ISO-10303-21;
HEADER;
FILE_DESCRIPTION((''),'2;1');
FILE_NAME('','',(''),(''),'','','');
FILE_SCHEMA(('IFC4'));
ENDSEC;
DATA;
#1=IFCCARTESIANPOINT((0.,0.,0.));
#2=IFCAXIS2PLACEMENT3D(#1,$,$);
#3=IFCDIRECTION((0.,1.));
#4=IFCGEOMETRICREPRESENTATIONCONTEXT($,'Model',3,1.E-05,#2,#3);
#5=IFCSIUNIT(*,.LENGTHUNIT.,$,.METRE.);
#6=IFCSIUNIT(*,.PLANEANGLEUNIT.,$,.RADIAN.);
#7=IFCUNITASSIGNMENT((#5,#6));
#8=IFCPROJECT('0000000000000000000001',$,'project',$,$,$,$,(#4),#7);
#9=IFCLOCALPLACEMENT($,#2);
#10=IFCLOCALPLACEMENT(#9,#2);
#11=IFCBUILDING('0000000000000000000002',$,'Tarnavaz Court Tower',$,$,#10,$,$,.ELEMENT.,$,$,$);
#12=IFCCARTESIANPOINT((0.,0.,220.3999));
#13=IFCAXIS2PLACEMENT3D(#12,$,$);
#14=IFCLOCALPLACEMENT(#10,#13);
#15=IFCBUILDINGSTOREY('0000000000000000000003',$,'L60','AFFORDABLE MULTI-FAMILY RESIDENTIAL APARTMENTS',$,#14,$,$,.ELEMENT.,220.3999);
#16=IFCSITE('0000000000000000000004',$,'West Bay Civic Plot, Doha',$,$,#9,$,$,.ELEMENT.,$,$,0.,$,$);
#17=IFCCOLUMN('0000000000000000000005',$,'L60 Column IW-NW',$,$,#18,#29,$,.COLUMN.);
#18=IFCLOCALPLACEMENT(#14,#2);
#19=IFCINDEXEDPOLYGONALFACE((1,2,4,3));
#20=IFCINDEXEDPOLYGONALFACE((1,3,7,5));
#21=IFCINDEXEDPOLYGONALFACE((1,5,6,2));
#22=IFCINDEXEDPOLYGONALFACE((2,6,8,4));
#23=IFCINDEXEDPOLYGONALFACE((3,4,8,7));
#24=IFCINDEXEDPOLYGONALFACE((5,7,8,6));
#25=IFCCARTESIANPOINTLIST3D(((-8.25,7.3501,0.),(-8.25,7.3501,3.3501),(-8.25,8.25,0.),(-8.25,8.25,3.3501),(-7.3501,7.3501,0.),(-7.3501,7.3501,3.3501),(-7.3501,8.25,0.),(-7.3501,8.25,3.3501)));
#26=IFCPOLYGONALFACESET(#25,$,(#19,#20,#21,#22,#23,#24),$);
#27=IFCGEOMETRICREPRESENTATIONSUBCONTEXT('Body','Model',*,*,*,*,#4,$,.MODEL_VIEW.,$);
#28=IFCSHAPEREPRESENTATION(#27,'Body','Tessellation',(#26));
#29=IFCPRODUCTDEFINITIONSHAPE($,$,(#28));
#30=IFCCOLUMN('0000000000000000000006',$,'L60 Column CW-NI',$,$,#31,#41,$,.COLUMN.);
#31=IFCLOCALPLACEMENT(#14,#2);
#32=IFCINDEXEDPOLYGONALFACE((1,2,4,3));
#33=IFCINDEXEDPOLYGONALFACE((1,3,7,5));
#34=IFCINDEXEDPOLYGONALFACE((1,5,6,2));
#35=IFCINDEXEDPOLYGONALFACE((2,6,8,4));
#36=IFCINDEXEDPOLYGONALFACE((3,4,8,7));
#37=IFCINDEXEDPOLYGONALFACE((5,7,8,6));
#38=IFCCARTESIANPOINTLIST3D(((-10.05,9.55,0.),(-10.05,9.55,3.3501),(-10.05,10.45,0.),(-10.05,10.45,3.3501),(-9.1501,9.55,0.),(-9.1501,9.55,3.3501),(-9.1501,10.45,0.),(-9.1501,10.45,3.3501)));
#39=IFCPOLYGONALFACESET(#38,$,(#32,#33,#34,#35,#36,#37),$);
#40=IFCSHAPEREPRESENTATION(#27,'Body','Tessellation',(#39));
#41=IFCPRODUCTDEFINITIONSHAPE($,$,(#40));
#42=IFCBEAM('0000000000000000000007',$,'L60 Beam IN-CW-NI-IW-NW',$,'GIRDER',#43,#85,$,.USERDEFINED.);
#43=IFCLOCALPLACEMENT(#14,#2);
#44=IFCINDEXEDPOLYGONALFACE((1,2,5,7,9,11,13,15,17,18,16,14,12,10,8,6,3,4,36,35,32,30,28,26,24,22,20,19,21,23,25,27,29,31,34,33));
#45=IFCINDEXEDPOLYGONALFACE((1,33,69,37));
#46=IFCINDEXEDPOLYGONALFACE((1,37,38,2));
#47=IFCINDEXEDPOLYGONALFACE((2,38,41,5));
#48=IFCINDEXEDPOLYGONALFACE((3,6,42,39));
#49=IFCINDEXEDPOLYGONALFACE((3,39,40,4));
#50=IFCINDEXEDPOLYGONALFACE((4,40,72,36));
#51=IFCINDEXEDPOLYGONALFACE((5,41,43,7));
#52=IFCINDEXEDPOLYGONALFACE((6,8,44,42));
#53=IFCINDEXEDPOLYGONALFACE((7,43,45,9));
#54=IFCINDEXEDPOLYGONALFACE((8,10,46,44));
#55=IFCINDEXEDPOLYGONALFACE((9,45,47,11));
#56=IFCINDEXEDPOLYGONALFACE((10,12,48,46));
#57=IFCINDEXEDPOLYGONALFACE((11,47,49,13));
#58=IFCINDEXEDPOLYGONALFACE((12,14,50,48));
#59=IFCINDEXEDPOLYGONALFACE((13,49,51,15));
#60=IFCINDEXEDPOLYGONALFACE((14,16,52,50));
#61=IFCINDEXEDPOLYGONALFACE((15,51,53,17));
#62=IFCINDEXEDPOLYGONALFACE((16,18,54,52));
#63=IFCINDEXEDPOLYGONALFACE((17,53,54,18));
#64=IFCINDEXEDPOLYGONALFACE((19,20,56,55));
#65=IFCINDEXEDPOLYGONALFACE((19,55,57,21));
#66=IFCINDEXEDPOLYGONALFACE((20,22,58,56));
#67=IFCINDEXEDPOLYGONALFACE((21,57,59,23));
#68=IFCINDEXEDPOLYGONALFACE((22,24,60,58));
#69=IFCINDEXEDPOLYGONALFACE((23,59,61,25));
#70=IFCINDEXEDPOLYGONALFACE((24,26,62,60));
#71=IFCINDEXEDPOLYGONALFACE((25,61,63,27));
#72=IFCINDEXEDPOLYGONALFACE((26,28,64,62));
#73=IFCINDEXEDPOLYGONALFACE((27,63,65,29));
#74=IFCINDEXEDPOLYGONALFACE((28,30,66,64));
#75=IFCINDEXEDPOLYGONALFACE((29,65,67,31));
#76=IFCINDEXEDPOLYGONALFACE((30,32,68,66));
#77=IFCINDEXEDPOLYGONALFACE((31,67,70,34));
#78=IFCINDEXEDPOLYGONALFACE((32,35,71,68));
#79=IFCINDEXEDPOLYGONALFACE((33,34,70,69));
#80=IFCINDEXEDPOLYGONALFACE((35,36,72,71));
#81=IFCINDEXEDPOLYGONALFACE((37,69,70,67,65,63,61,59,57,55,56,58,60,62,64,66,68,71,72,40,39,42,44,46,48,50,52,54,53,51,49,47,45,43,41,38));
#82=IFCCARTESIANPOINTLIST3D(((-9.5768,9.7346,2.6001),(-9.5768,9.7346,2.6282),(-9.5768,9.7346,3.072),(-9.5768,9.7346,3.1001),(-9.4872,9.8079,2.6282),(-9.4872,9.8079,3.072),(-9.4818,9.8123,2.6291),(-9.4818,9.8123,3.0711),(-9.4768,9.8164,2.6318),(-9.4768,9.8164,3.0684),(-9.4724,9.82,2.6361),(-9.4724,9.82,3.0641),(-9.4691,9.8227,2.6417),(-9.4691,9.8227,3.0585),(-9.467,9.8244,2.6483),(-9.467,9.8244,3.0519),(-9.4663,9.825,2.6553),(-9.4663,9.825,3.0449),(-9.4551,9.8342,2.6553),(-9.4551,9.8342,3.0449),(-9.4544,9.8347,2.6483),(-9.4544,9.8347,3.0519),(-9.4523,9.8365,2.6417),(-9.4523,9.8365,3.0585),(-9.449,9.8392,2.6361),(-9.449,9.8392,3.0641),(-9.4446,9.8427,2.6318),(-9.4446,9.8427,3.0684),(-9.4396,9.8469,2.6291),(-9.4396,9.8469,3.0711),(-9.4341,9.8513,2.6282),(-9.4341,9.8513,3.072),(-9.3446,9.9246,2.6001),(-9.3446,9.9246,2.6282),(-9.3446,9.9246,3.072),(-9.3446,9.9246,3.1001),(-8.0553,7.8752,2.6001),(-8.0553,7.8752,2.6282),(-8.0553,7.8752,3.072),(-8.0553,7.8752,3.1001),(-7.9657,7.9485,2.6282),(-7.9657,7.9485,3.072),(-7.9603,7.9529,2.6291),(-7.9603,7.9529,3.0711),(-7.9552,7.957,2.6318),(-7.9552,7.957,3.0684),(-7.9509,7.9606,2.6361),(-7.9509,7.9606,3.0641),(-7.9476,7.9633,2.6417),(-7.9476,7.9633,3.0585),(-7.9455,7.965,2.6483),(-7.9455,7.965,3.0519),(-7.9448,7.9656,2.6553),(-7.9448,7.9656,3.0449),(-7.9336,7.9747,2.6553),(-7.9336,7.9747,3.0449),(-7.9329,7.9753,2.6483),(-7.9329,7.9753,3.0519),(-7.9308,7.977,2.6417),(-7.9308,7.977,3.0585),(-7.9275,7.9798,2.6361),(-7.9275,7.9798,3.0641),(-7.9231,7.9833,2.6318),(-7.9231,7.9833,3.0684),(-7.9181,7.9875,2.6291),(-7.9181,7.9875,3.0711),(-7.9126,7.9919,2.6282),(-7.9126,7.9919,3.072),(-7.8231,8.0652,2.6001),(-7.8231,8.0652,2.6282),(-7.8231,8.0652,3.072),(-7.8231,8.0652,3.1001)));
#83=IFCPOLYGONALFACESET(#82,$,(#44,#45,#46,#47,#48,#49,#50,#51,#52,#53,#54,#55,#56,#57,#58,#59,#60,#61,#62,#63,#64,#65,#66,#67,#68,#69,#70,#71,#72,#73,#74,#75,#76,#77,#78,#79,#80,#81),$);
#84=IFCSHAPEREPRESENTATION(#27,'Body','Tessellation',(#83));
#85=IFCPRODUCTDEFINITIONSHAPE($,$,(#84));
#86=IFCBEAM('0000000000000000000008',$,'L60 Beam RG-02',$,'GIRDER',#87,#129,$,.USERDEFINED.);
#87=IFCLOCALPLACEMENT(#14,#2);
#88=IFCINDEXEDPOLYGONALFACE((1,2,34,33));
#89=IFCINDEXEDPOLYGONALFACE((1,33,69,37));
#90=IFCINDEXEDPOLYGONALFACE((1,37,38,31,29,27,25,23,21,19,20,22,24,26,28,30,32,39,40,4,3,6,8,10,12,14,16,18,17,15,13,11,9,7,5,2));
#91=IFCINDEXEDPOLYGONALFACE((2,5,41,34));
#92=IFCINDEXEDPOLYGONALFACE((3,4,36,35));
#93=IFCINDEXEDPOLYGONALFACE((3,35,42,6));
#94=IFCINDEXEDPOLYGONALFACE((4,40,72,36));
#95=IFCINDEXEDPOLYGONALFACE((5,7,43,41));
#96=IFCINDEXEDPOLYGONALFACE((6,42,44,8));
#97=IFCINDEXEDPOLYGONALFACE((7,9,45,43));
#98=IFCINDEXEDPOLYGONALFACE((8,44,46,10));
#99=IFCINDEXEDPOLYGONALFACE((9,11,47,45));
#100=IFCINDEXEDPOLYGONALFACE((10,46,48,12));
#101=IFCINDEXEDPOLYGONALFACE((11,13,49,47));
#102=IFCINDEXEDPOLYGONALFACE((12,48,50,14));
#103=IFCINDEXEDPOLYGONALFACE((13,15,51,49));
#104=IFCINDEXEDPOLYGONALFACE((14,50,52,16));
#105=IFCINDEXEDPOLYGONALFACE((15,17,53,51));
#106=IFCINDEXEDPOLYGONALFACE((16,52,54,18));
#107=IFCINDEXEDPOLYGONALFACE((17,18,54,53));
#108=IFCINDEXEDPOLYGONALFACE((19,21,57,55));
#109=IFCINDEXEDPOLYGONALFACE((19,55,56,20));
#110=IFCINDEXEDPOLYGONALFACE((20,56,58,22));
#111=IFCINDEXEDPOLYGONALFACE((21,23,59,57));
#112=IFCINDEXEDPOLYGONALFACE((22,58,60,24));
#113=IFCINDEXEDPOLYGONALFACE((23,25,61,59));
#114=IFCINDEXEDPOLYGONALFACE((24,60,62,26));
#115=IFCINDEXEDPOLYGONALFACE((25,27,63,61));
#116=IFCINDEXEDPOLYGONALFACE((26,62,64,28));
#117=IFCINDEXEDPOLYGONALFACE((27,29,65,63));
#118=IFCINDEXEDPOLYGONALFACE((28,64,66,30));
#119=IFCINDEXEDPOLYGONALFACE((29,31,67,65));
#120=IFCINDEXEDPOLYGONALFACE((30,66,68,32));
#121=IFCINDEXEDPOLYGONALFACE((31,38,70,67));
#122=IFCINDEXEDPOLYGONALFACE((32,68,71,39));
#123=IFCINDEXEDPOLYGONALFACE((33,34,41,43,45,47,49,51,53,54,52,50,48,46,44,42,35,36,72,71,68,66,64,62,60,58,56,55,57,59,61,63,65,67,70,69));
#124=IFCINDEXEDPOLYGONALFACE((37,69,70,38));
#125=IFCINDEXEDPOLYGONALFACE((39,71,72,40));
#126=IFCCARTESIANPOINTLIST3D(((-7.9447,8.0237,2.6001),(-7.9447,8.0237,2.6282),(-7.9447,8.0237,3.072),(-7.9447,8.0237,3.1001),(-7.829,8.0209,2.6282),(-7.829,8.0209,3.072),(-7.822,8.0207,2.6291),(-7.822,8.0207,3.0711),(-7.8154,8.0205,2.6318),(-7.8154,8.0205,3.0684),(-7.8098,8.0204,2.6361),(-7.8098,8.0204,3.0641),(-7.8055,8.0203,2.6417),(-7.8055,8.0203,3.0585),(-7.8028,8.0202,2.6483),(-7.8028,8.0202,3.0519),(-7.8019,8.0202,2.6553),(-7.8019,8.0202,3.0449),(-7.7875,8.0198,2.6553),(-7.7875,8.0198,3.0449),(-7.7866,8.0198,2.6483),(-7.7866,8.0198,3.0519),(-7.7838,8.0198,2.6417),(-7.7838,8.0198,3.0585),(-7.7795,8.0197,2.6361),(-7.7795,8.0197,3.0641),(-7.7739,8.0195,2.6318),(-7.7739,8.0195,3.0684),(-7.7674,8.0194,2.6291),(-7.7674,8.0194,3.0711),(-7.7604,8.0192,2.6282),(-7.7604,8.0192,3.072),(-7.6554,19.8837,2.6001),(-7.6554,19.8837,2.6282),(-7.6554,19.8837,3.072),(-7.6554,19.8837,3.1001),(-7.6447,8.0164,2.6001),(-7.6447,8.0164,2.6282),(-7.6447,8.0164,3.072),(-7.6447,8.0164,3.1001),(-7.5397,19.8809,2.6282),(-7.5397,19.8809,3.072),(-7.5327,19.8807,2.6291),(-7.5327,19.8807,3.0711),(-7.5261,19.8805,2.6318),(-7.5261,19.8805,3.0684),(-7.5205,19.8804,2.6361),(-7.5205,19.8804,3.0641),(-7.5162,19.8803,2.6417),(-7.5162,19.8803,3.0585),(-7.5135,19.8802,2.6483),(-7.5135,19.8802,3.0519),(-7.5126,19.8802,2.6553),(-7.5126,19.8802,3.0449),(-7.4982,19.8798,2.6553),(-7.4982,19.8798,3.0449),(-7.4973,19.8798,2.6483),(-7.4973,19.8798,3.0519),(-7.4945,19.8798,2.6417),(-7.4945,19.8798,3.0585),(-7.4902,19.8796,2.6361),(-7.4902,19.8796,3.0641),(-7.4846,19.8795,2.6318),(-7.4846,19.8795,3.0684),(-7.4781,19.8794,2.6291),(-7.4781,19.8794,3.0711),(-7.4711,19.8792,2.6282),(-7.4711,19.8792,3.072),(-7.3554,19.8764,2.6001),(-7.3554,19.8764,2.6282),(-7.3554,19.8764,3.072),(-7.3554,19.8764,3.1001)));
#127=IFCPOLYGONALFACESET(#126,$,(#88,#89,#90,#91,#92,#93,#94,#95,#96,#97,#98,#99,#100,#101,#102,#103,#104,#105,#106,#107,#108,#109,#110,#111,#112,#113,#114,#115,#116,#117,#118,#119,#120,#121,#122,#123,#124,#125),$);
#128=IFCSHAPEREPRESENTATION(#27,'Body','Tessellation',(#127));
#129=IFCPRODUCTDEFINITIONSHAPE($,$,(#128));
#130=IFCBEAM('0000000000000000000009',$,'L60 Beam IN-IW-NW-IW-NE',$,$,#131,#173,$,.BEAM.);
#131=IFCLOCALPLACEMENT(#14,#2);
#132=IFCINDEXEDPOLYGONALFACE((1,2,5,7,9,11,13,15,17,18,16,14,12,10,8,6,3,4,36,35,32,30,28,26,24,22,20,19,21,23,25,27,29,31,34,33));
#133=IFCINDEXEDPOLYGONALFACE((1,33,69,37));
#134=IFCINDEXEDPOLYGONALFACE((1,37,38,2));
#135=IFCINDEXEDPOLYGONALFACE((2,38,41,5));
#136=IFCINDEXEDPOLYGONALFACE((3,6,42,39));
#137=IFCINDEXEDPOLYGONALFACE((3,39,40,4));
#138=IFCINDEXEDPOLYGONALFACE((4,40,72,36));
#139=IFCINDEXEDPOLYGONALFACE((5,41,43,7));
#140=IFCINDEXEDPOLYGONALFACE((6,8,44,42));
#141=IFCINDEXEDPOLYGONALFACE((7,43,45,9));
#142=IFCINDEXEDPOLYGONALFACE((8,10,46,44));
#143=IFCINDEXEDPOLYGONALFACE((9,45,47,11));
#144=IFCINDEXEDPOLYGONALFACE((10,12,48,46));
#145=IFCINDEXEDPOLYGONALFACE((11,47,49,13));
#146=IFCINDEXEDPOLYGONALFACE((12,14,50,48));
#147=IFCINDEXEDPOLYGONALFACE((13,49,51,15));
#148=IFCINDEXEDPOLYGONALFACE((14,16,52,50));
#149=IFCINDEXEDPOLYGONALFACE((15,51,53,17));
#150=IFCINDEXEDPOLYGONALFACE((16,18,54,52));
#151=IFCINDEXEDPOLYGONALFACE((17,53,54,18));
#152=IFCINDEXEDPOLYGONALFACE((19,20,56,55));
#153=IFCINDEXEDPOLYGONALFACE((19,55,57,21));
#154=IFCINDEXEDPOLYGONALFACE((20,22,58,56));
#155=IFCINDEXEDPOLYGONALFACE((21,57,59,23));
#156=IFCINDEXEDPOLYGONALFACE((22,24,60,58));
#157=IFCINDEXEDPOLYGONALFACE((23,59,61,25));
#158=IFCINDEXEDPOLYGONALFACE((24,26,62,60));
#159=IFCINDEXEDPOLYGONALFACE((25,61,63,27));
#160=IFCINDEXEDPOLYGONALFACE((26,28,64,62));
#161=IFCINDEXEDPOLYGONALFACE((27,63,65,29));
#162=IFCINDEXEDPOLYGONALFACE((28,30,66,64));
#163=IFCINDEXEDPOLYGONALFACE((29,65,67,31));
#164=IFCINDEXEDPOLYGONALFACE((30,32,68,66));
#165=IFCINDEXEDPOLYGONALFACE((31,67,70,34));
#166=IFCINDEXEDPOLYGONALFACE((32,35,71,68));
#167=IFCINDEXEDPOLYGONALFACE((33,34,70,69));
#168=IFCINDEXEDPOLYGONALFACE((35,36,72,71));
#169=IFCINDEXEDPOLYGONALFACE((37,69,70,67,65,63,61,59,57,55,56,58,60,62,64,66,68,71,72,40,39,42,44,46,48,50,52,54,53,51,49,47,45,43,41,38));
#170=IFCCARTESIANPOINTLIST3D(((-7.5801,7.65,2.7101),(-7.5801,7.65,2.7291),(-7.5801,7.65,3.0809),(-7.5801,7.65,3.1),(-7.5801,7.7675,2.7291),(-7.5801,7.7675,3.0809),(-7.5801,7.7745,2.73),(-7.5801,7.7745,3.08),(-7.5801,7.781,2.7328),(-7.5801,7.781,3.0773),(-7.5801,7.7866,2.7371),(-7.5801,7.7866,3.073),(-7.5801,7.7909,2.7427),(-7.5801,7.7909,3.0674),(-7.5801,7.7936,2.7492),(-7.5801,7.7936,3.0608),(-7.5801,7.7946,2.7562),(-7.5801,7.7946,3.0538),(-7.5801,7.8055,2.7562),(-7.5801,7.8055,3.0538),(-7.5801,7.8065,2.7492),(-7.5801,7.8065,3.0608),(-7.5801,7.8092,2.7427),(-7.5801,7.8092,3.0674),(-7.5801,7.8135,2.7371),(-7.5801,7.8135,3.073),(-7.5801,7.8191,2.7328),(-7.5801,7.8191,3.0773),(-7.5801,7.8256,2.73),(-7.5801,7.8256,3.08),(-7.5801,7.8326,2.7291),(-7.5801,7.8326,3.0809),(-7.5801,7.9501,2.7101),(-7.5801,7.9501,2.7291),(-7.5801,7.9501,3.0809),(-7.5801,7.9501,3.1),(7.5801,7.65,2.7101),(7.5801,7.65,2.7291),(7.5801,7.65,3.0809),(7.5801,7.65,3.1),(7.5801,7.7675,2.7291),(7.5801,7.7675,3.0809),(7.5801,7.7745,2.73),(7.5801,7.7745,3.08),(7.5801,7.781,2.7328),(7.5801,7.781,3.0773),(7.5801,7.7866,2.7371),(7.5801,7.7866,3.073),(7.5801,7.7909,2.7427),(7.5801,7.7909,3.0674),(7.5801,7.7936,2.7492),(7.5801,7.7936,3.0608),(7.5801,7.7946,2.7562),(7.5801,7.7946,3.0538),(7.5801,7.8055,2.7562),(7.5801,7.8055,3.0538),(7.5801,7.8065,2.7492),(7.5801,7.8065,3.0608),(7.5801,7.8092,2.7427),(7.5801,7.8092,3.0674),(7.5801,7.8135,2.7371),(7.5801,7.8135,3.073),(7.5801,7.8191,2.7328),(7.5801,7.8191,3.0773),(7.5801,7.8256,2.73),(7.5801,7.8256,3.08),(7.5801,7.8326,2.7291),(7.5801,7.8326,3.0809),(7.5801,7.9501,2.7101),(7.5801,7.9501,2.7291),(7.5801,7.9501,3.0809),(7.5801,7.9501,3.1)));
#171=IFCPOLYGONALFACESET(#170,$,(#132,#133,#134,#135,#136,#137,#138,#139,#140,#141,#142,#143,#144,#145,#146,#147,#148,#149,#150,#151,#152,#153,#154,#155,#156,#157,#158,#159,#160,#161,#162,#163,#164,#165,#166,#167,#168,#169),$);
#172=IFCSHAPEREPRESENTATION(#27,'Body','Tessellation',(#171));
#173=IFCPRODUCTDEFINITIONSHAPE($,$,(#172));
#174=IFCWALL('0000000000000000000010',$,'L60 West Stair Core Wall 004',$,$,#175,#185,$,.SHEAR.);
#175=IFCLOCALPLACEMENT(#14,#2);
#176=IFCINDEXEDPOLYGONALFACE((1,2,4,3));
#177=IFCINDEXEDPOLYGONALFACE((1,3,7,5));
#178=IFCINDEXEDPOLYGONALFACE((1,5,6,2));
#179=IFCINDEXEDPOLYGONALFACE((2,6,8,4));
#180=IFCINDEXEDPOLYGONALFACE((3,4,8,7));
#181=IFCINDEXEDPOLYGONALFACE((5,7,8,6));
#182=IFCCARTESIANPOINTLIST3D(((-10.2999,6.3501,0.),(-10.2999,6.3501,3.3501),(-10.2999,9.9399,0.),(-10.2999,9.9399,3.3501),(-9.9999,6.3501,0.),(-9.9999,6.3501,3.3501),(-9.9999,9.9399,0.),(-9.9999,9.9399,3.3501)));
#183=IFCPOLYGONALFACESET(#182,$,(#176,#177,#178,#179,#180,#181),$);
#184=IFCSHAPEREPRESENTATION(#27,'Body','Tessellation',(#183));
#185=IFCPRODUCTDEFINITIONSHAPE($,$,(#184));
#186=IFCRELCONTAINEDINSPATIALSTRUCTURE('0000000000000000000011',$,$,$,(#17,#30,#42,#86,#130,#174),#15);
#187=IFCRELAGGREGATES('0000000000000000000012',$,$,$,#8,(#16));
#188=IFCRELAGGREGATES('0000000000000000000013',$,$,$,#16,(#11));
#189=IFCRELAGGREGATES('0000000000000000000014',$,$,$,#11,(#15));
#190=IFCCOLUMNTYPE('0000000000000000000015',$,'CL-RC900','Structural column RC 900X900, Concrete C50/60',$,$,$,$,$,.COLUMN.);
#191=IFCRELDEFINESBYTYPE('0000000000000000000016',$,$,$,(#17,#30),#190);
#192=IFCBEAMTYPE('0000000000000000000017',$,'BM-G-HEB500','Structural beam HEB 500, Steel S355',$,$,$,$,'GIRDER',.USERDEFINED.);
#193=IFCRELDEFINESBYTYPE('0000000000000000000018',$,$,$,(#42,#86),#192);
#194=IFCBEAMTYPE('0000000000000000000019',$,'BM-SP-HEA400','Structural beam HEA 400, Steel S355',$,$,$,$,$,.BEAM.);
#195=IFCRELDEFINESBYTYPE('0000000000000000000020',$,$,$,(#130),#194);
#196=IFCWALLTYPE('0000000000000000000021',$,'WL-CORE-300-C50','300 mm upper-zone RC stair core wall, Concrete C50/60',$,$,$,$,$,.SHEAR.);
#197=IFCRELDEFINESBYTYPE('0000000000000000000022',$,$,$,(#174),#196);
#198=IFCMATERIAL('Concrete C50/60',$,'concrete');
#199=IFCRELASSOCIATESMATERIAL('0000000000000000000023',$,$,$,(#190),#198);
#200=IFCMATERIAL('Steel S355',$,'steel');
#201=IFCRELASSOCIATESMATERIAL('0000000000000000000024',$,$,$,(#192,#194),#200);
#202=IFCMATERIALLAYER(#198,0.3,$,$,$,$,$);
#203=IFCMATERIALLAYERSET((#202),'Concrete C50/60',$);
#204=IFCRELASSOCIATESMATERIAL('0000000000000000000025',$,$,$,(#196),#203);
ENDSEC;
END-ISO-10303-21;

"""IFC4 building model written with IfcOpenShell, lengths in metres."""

from ifc_helpers import new_model, si_unit, direction, frame, frame_2d, origin, origin_2d, place, context, subcontext, project, spatial, rectangle, i_section, extrude, material, layer, layer_set, material_profile, profile_set, type_object, element, save


model = new_model("IFC4")

# Units and contexts
model_context = context("Model", 3, precision=1e-05, world=origin(), true_north=direction((0.0, 1.0)))
body_context = subcontext(model_context, "Body", "Model", "MODEL_VIEW")
ifc_project = project(units=[si_unit("LENGTHUNIT", "METRE"), si_unit("PLANEANGLEUNIT", "RADIAN")], contexts=[model_context])

# Site, building, storey
site_placement = place(None, origin())
site = spatial("IfcSite", under=ifc_project, at=site_placement, Name="West Bay Civic Plot, Doha", CompositionType="ELEMENT", RefElevation=0.0)
building_placement = place(site_placement, origin())
building = spatial("IfcBuilding", under=site, at=building_placement, Name="Tarnavaz Court Tower", CompositionType="ELEMENT")
storey_placement = place(building_placement, frame((0.0, 0.0, 220.3999)))
storey = spatial("IfcBuildingStorey", under=building, at=storey_placement, Name="L60", Description="AFFORDABLE MULTI-FAMILY RESIDENTIAL APARTMENTS", CompositionType="ELEMENT", Elevation=220.3999)

# Columns
ifc_material_1 = material(Name="Concrete C50/60", Category="concrete")
ifc_material_profile_1 = material_profile(ifc_material_1, rectangle(XDim=0.8999, YDim=0.8999, at=origin_2d()), Name="RC 900X900")
ifc_profile_set_1 = profile_set([ifc_material_profile_1], Name="Concrete C50/60")
column_type = type_object("IfcColumnType", Name="CL-RC900", Description="Structural column RC 900X900, Concrete C50/60", PredefinedType="COLUMN", material=ifc_profile_set_1)
for number, where, z_axis, x_axis, name in (
    (1, (-7.8, 7.8, 0.0), (0.0, 0.0, 1.0), (1.0, 0.0, 0.0), "L60 Column IW-NW"),
    (2, (-9.6001, 10.0, 0.0), (0.0, 0.0, 1.0), (1.0, 0.0, 0.0), "L60 Column CW-NI"),
):
    element("IfcColumn", number, at=place(storey_placement, frame(where, z_axis=z_axis, x_axis=x_axis)), inside=storey, type_object=column_type, Name=name, PredefinedType="COLUMN", context=body_context, shape_type="SweptSolid", body=[
        extrude(rectangle(XDim=0.8999, YDim=0.8999, at=origin_2d()), origin(), (0.0, 0.0, 1.0), 3.3501),
    ])

# Beams
ifc_material_2 = material(Name="Steel S355", Category="steel")
ifc_material_profile_2 = material_profile(ifc_material_2, i_section(OverallWidth=0.3, OverallDepth=0.5, WebThickness=0.0144, FlangeThickness=0.0281, FilletRadius=0.0271, at=origin_2d()), Name="HEB 500")
ifc_profile_set_2 = profile_set([ifc_material_profile_2], Name="Steel S355")
beam_type_1 = type_object("IfcBeamType", Name="BM-G-HEB500", Description="Structural beam HEB 500, Steel S355", ElementType="GIRDER", PredefinedType="USERDEFINED", material=ifc_profile_set_2)
beam_1_placement = place(storey_placement, frame((-9.4607, 9.8296, 2.8501), z_axis=(0.633282, -0.773921, 0.0), x_axis=(0.773921, 0.633282, 0.0)))
element("IfcBeam", 3, at=beam_1_placement, inside=storey, type_object=beam_type_1, Name="L60 Beam IN-CW-NI-IW-NW", ObjectType="GIRDER", PredefinedType="USERDEFINED", context=body_context, shape_type="SweptSolid", body=[
    extrude(i_section(OverallWidth=0.3, OverallDepth=0.5, WebThickness=0.0144, FlangeThickness=0.0281, FilletRadius=0.0271, at=origin_2d()), origin(), (0.0, 0.0, 1.0), 2.4026),
])
beam_2_placement = place(storey_placement, frame((-7.7947, 8.02, 2.8501), z_axis=(0.024386, 0.999703, 0.0), x_axis=(-0.999703, 0.024386, 0.0)))
element("IfcBeam", 4, at=beam_2_placement, inside=storey, type_object=beam_type_1, Name="L60 Beam RG-02", ObjectType="GIRDER", PredefinedType="USERDEFINED", context=body_context, shape_type="SweptSolid", body=[
    extrude(i_section(OverallWidth=0.3, OverallDepth=0.5, WebThickness=0.0144, FlangeThickness=0.0281, FilletRadius=0.0271, at=origin_2d()), origin(), (0.0, 0.0, 1.0), 11.8635),
])
ifc_material_profile_3 = material_profile(ifc_material_2, i_section(OverallWidth=0.3, OverallDepth=0.3899, WebThickness=0.011, FlangeThickness=0.019, FilletRadius=0.0271, at=origin_2d()), Name="HEA 400")
ifc_profile_set_3 = profile_set([ifc_material_profile_3], Name="Steel S355")
beam_type_2 = type_object("IfcBeamType", Name="BM-SP-HEA400", Description="Structural beam HEA 400, Steel S355", PredefinedType="BEAM", material=ifc_profile_set_3)
beam_3_placement = place(storey_placement, frame((-7.5801, 7.8, 2.905), z_axis=(1.0, 0.0, 0.0), x_axis=(0.0, 1.0, 0.0)))
element("IfcBeam", 5, at=beam_3_placement, inside=storey, type_object=beam_type_2, Name="L60 Beam IN-IW-NW-IW-NE", PredefinedType="BEAM", context=body_context, shape_type="SweptSolid", body=[
    extrude(i_section(OverallWidth=0.3, OverallDepth=0.3899, WebThickness=0.011, FlangeThickness=0.019, FilletRadius=0.0271, at=origin_2d()), origin(), (0.0, 0.0, 1.0), 15.1602),
])

# Wall
ifc_layer_1 = layer(ifc_material_1, 0.3)
ifc_layer_set_1 = layer_set([ifc_layer_1], Name="Concrete C50/60")
wall_type_1 = type_object("IfcWallType", Name="WL-CORE-300-C50", Description="300 mm upper-zone RC stair core wall, Concrete C50/60", PredefinedType="SHEAR", material=ifc_layer_set_1)
wall_1_placement = place(storey_placement, frame((-10.1499, 6.3501, 0.0), z_axis=(0.0, 0.0, 1.0), x_axis=(0.0, 1.0, 0.0)))
element("IfcWall", 6, at=wall_1_placement, inside=storey, type_object=wall_type_1, Name="L60 West Stair Core Wall 004", PredefinedType="SHEAR", context=body_context, shape_type="SweptSolid", body=[
    extrude(rectangle(XDim=3.5898, YDim=0.3, at=frame_2d((1.7949, 0.0))), origin(), (0.0, 0.0, 1.0), 3.3501),
])

save(model, "model.ifc")
